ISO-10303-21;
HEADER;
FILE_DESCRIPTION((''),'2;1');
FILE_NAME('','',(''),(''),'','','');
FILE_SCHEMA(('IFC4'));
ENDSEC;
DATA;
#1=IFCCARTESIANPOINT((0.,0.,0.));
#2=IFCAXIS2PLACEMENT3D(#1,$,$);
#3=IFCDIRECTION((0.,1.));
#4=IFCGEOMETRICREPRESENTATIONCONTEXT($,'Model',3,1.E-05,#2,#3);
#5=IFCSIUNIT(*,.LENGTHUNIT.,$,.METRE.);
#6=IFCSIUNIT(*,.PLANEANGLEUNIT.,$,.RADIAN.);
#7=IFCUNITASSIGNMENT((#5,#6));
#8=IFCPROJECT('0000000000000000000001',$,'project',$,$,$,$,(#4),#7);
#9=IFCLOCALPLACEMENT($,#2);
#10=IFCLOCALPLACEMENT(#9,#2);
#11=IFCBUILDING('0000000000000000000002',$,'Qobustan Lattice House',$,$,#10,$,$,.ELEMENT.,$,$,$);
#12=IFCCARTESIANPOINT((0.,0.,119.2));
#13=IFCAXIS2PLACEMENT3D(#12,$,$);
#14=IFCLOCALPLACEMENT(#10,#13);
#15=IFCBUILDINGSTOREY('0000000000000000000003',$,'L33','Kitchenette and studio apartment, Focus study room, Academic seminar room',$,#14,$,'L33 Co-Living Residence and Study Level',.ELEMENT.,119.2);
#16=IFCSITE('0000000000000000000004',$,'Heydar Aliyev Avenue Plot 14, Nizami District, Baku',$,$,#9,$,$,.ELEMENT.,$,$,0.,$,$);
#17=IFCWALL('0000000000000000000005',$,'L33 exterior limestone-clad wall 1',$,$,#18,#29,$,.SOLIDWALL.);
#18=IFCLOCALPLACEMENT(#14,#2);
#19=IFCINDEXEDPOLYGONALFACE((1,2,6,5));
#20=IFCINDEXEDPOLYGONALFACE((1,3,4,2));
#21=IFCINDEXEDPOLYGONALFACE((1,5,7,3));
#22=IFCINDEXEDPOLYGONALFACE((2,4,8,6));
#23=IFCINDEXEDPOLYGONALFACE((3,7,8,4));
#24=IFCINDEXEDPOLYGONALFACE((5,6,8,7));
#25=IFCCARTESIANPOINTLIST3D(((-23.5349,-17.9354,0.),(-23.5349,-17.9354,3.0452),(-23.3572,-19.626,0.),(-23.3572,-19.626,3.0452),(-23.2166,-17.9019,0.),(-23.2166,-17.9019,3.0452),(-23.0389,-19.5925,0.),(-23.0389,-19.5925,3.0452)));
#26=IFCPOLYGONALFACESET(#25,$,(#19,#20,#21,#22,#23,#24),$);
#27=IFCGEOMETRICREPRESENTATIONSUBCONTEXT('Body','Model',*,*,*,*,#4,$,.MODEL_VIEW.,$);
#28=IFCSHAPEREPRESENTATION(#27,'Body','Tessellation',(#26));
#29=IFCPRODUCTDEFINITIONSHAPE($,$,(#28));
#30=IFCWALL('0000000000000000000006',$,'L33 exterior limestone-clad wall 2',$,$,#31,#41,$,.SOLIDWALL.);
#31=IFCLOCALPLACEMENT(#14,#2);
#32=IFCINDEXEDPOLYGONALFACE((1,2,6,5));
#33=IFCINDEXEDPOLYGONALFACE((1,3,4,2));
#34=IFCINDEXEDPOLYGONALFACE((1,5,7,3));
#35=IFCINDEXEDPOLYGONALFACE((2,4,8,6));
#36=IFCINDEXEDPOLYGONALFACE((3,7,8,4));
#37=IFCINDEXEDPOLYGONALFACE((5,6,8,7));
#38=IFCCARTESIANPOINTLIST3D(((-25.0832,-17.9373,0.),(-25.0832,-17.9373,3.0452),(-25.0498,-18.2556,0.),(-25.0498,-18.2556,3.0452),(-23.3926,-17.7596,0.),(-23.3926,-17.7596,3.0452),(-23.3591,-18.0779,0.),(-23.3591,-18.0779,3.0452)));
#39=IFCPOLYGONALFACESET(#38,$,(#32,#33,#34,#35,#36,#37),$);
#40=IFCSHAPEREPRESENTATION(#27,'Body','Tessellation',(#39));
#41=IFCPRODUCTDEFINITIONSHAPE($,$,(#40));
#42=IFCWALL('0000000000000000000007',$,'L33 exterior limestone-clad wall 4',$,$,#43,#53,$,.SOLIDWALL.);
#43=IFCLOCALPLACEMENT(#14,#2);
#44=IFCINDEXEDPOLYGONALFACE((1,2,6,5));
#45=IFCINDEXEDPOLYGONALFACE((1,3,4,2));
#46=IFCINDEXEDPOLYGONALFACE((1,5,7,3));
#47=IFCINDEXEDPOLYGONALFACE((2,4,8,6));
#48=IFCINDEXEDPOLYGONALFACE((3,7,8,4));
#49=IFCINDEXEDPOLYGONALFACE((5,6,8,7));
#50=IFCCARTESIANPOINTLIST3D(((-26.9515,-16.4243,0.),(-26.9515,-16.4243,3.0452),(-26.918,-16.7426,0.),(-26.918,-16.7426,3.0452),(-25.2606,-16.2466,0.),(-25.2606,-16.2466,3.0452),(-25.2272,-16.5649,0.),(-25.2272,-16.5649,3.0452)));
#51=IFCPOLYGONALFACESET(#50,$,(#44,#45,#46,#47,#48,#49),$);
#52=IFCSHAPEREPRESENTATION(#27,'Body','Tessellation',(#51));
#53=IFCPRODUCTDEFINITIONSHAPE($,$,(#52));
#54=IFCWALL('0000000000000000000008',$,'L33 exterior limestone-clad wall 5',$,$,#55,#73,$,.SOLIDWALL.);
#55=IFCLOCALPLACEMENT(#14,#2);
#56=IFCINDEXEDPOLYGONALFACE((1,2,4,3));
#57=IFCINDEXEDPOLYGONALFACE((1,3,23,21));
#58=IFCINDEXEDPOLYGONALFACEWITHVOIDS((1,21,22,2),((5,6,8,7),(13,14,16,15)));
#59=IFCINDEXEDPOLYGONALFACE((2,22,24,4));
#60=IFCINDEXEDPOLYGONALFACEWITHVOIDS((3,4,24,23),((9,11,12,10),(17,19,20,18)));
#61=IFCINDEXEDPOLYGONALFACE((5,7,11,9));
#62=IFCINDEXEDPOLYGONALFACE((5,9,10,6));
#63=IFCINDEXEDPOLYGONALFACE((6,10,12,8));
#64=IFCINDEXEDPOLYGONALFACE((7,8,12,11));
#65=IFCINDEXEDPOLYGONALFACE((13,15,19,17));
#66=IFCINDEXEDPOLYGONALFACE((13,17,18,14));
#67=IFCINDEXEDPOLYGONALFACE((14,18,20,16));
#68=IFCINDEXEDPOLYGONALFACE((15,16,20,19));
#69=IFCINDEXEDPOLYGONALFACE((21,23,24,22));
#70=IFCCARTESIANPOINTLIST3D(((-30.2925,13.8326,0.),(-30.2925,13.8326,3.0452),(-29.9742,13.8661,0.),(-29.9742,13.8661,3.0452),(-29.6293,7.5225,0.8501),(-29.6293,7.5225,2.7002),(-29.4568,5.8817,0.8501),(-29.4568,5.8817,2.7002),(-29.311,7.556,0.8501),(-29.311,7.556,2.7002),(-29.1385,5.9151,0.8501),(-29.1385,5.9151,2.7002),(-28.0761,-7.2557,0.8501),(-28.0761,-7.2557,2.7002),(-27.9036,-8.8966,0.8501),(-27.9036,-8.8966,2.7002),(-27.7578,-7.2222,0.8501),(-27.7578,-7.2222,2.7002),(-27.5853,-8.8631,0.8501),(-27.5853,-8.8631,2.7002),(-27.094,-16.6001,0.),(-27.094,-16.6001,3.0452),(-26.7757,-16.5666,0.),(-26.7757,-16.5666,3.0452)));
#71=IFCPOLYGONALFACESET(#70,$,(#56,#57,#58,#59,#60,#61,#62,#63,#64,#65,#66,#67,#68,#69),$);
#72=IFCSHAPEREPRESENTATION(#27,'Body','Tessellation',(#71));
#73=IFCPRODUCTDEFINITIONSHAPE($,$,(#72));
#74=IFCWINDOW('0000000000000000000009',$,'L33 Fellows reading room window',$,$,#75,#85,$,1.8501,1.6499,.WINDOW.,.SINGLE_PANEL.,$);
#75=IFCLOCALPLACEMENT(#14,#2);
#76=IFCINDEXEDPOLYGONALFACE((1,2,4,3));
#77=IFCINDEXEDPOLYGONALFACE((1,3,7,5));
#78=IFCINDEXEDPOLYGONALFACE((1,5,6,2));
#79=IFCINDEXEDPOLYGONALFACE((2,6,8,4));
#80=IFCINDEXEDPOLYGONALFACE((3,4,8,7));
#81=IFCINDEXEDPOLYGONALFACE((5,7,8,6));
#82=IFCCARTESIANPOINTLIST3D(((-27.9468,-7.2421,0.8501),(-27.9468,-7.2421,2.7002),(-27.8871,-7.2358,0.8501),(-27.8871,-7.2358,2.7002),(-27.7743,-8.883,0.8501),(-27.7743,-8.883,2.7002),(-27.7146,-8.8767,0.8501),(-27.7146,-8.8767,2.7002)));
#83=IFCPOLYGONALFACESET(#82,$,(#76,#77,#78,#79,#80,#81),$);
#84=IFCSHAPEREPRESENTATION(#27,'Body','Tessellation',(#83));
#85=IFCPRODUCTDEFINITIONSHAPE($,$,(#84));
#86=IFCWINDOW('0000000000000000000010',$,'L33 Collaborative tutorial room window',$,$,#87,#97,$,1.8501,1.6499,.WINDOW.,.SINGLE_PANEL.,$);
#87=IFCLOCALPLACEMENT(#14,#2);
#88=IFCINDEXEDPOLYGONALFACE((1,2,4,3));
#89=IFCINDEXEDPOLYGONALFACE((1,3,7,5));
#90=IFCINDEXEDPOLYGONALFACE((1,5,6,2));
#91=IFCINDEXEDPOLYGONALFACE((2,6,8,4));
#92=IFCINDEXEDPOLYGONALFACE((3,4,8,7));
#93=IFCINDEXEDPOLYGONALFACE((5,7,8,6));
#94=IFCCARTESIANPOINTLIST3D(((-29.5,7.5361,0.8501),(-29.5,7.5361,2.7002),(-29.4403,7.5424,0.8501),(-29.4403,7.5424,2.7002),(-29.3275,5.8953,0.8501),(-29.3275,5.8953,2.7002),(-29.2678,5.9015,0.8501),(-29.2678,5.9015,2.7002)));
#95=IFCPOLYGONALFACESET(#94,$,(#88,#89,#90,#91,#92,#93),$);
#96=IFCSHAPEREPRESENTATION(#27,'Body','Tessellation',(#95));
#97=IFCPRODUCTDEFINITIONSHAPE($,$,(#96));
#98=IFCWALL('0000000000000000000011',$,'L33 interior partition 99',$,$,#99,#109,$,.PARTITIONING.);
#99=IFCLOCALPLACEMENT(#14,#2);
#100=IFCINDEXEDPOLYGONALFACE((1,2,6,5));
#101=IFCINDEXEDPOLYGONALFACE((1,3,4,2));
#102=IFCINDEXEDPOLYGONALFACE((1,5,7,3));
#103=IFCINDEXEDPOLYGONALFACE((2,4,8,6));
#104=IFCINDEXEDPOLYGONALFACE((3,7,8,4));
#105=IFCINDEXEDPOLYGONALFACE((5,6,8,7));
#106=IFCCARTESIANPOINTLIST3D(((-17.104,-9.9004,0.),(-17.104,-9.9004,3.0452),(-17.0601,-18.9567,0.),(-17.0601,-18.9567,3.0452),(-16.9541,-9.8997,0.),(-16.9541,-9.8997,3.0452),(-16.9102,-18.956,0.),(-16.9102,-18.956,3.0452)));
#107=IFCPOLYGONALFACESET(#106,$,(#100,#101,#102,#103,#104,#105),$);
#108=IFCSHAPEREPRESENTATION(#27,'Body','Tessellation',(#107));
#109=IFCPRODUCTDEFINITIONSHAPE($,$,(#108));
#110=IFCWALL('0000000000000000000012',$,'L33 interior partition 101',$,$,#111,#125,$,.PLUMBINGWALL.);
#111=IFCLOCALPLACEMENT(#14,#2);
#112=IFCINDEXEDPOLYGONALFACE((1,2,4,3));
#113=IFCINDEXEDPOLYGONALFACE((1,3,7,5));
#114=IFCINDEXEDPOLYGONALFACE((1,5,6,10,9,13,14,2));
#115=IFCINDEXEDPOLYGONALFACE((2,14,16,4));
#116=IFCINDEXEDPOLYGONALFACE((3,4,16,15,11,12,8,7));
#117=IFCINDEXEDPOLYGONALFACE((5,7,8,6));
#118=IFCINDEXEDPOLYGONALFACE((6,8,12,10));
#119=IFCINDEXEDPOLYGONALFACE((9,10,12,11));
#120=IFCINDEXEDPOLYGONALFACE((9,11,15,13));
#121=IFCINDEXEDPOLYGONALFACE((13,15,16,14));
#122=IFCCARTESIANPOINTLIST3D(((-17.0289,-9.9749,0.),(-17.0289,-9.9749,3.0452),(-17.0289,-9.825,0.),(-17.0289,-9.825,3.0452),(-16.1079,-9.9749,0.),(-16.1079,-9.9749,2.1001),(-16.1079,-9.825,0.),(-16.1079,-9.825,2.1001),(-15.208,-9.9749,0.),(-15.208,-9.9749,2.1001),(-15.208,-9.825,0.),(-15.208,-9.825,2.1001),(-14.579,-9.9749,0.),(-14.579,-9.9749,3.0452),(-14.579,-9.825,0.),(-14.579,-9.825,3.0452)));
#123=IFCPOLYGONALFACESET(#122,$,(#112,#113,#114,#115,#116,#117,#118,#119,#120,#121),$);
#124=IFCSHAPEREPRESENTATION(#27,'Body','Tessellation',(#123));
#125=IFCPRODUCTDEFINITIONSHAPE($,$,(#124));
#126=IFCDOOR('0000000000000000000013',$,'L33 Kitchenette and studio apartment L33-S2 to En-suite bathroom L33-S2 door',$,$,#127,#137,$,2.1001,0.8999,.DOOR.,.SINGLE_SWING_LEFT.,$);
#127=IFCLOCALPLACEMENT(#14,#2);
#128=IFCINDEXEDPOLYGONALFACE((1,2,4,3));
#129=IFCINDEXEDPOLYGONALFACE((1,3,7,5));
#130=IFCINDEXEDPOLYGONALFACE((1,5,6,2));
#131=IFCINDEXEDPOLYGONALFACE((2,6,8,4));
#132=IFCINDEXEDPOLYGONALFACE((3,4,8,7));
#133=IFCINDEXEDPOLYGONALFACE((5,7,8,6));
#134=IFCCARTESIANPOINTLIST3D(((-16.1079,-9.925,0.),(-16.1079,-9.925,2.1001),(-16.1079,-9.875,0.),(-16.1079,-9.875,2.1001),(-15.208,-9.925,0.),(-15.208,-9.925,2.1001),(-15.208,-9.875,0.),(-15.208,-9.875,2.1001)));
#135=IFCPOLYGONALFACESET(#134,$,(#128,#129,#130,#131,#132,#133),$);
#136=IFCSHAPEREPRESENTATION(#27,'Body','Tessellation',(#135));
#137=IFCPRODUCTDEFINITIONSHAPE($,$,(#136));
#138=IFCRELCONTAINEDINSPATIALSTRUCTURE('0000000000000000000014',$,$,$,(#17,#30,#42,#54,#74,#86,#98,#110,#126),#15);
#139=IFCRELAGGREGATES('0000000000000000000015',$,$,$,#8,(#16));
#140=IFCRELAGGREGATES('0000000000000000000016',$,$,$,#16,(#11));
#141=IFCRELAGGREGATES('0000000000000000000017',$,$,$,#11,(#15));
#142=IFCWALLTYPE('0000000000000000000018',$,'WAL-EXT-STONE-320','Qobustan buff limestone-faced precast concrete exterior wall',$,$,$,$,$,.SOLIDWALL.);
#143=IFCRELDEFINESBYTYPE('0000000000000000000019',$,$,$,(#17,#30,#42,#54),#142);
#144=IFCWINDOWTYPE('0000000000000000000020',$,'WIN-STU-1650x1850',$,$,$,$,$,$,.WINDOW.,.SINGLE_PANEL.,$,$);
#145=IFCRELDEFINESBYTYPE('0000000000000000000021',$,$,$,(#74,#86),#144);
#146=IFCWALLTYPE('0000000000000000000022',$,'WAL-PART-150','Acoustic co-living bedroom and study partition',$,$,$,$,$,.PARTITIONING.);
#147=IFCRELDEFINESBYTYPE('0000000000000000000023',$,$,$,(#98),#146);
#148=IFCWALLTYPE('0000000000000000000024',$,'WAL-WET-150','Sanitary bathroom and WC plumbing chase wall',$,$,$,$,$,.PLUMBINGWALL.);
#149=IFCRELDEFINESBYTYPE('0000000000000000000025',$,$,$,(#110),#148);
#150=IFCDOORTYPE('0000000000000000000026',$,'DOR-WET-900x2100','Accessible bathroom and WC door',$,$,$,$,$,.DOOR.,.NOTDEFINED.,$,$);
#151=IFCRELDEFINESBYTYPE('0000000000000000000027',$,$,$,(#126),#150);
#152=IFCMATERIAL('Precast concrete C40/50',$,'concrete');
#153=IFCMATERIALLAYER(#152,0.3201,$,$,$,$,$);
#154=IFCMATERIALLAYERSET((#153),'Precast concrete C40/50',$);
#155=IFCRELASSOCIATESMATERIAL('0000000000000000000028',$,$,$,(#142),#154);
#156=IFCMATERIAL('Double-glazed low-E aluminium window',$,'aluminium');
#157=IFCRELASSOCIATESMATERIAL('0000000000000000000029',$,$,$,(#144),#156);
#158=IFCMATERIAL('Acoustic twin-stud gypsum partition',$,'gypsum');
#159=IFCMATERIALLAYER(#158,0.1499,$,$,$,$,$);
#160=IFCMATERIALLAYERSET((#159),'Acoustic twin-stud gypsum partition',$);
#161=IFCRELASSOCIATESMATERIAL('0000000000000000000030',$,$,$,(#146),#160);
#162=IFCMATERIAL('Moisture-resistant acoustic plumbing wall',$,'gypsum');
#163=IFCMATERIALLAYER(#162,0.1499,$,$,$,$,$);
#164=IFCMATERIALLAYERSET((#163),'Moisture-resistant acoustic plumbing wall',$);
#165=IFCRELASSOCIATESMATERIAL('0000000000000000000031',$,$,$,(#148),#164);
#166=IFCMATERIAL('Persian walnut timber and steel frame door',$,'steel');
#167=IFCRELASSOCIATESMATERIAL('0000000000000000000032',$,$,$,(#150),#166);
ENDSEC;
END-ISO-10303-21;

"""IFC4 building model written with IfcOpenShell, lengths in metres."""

from ifc_helpers import new_model, si_unit, direction, frame, frame_2d, origin, place, context, subcontext, project, spatial, rectangle, extrude, material, layer, layer_set, type_object, element, fill, save


model = new_model("IFC4")

# Units and contexts
model_context = context("Model", 3, precision=1e-05, world=origin(), true_north=direction((0.0, 1.0)))
body_context = subcontext(model_context, "Body", "Model", "MODEL_VIEW")
ifc_project = project(units=[si_unit("LENGTHUNIT", "METRE"), si_unit("PLANEANGLEUNIT", "RADIAN")], contexts=[model_context])

# Site, building, storey
site_placement = place(None, origin())
site = spatial("IfcSite", under=ifc_project, at=site_placement, Name="Heydar Aliyev Avenue Plot 14, Nizami District, Baku", CompositionType="ELEMENT", RefElevation=0.0)
building_placement = place(site_placement, origin())
building = spatial("IfcBuilding", under=site, at=building_placement, Name="Qobustan Lattice House", CompositionType="ELEMENT")
storey_placement = place(building_placement, frame((0.0, 0.0, 119.2)))
storey = spatial("IfcBuildingStorey", under=building, at=storey_placement, Name="L33", Description="Kitchenette and studio apartment, Focus study room, Academic seminar room", LongName="L33 Co-Living Residence and Study Level", CompositionType="ELEMENT", Elevation=119.2)

# Walls
ifc_material_1 = material(Name="Precast concrete C40/50", Category="concrete")
ifc_layer_1 = layer(ifc_material_1, 0.3201)
ifc_layer_set_1 = layer_set([ifc_layer_1], Name="Precast concrete C40/50")
wall_type_1 = type_object("IfcWallType", Name="WAL-EXT-STONE-320", Description="Qobustan buff limestone-faced precast concrete exterior wall", PredefinedType="SOLIDWALL", material=ifc_layer_set_1)
for number, where, z_axis, x_axis, name in (
    (1, (-23.198, -19.6094, 0.0), (0.0, 0.0, 1.0), (-0.10455, 0.99452, 0.0), "L33 exterior limestone-clad wall 1"),
    (2, (-23.3757, -17.9187, 0.0), (0.0, 0.0, 1.0), (-0.99452, -0.10455, 0.0), "L33 exterior limestone-clad wall 2"),
):
    element("IfcWall", number, at=place(storey_placement, frame(where, z_axis=z_axis, x_axis=x_axis)), inside=storey, type_object=wall_type_1, Name=name, PredefinedType="SOLIDWALL", context=body_context, shape_type="SweptSolid", body=[
        extrude(rectangle(XDim=1.7, YDim=0.3201, at=frame_2d((0.8501, 0.0))), origin(), (0.0, 0.0, 1.0), 3.0452),
    ])
wall_1_placement = place(storey_placement, frame((-25.2439, -16.4058, 0.0), z_axis=(0.0, 0.0, 1.0), x_axis=(-0.994521, -0.104535, 0.0)))
element("IfcWall", 3, at=wall_1_placement, inside=storey, type_object=wall_type_1, Name="L33 exterior limestone-clad wall 4", PredefinedType="SOLIDWALL", context=body_context, shape_type="SweptSolid", body=[
    extrude(rectangle(XDim=1.7002, YDim=0.3201, at=frame_2d((0.8501, 0.0))), origin(), (0.0, 0.0, 1.0), 3.0452),
])

# Wall, openings, windows
wall_2_placement = place(storey_placement, frame((-26.9348, -16.5835, 0.0), z_axis=(0.0, 0.0, 1.0), x_axis=(-0.104525, 0.994522, 0.0)))
wall_2 = element("IfcWall", 4, at=wall_2_placement, inside=storey, type_object=wall_type_1, Name="L33 exterior limestone-clad wall 5", PredefinedType="SOLIDWALL", context=body_context, shape_type="SweptSolid", body=[
    extrude(rectangle(XDim=30.6003, YDim=0.3201, at=frame_2d((15.3003, 0.0))), origin(), (0.0, 0.0, 1.0), 3.0452),
])
opening_1_placement = place(wall_2_placement, frame((7.7461, 0.0, 0.8501)))
opening_1 = element("IfcOpeningElement", 5, at=opening_1_placement, cuts=wall_2, PredefinedType="OPENING", context=body_context, shape_type="SweptSolid", body=[
    extrude(rectangle(XDim=1.6499, YDim=1.8501, at=frame_2d((0.825, 0.925))), frame((0.0, 0.1699, 0.0), z_axis=(0.0, -1.0, 0.0), x_axis=(1.0, 0.0, 0.0)), (0.0, 0.0, 1.0), 0.3401),
])
opening_2_placement = place(wall_2_placement, frame((22.6057, 0.0, 0.8501)))
opening_2 = element("IfcOpeningElement", 6, at=opening_2_placement, cuts=wall_2, PredefinedType="OPENING", context=body_context, shape_type="SweptSolid", body=[
    extrude(rectangle(XDim=1.6499, YDim=1.8501, at=frame_2d((0.825, 0.925))), frame((0.0, 0.1699, 0.0), z_axis=(0.0, -1.0, 0.0), x_axis=(1.0, 0.0, 0.0)), (0.0, 0.0, 1.0), 0.3401),
])
ifc_material_2 = material(Name="Double-glazed low-E aluminium window", Category="aluminium")
window_type = type_object("IfcWindowType", Name="WIN-STU-1650x1850", PartitioningType="SINGLE_PANEL", PredefinedType="WINDOW", material=ifc_material_2)
window_1_placement = place(opening_1_placement, origin())
window_1 = element("IfcWindow", 7, at=window_1_placement, inside=storey, type_object=window_type, Name="L33 Fellows reading room window", OverallHeight=1.8501, OverallWidth=1.6499, PartitioningType="SINGLE_PANEL", PredefinedType="WINDOW", context=body_context, shape_type="SweptSolid", body=[
    extrude(rectangle(XDim=1.6499, YDim=1.8501, at=frame_2d((0.825, 0.925))), frame((0.0, 0.03, 0.0), z_axis=(0.0, -1.0, 0.0), x_axis=(1.0, 0.0, 0.0)), (0.0, 0.0, 1.0), 0.0601),
])
fill(opening_1, window_1)
window_2_placement = place(opening_2_placement, origin())
window_2 = element("IfcWindow", 8, at=window_2_placement, inside=storey, type_object=window_type, Name="L33 Collaborative tutorial room window", OverallHeight=1.8501, OverallWidth=1.6499, PartitioningType="SINGLE_PANEL", PredefinedType="WINDOW", context=body_context, shape_type="SweptSolid", body=[
    extrude(rectangle(XDim=1.6499, YDim=1.8501, at=frame_2d((0.825, 0.925))), frame((0.0, 0.03, 0.0), z_axis=(0.0, -1.0, 0.0), x_axis=(1.0, 0.0, 0.0)), (0.0, 0.0, 1.0), 0.0601),
])
fill(opening_2, window_2)

# Wall
ifc_material_3 = material(Name="Acoustic twin-stud gypsum partition", Category="gypsum")
ifc_layer_2 = layer(ifc_material_3, 0.1499)
ifc_layer_set_2 = layer_set([ifc_layer_2], Name="Acoustic twin-stud gypsum partition")
wall_type_2 = type_object("IfcWallType", Name="WAL-PART-150", Description="Acoustic co-living bedroom and study partition", PredefinedType="PARTITIONING", material=ifc_layer_set_2)
wall_3_placement = place(storey_placement, frame((-17.0291, -9.8999, 0.0), z_axis=(0.0, 0.0, 1.0), x_axis=(0.004852, -0.999988, 0.0)))
element("IfcWall", 9, at=wall_3_placement, inside=storey, type_object=wall_type_2, Name="L33 interior partition 99", PredefinedType="PARTITIONING", context=body_context, shape_type="SweptSolid", body=[
    extrude(rectangle(XDim=9.0564, YDim=0.1499, at=frame_2d((4.5283, 0.0))), origin(), (0.0, 0.0, 1.0), 3.0452),
])

# Wall, opening, door
ifc_material_4 = material(Name="Moisture-resistant acoustic plumbing wall", Category="gypsum")
ifc_layer_3 = layer(ifc_material_4, 0.1499)
ifc_layer_set_3 = layer_set([ifc_layer_3], Name="Moisture-resistant acoustic plumbing wall")
wall_type_3 = type_object("IfcWallType", Name="WAL-WET-150", Description="Sanitary bathroom and WC plumbing chase wall", PredefinedType="PLUMBINGWALL", material=ifc_layer_set_3)
wall_4_placement = place(storey_placement, frame((-17.0291, -9.8999, 0.0), z_axis=(0.0, 0.0, 1.0), x_axis=(1.0, 0.0, 0.0)))
wall_4 = element("IfcWall", 10, at=wall_4_placement, inside=storey, type_object=wall_type_3, Name="L33 interior partition 101", PredefinedType="PLUMBINGWALL", context=body_context, shape_type="SweptSolid", body=[
    extrude(rectangle(XDim=2.45, YDim=0.1499, at=frame_2d((1.2251, 0.0))), origin(), (0.0, 0.0, 1.0), 3.0452),
])
opening_3_placement = place(wall_4_placement, frame((0.9211, 0.0, 0.0)))
opening_3 = element("IfcOpeningElement", 11, at=opening_3_placement, cuts=wall_4, PredefinedType="OPENING", context=body_context, shape_type="SweptSolid", body=[
    extrude(rectangle(XDim=0.8999, YDim=2.1001, at=frame_2d((0.45, 1.05))), frame((0.0, 0.085, 0.0), z_axis=(0.0, -1.0, 0.0), x_axis=(1.0, 0.0, 0.0)), (0.0, 0.0, 1.0), 0.1699),
])
ifc_material_5 = material(Name="Persian walnut timber and steel frame door", Category="steel")
door_type = type_object("IfcDoorType", Name="DOR-WET-900x2100", Description="Accessible bathroom and WC door", OperationType="NOTDEFINED", PredefinedType="DOOR", material=ifc_material_5)
door_placement = place(opening_3_placement, origin())
door = element("IfcDoor", 12, at=door_placement, inside=storey, type_object=door_type, Name="L33 Kitchenette and studio apartment L33-S2 to En-suite bathroom L33-S2 door", OperationType="SINGLE_SWING_LEFT", OverallHeight=2.1001, OverallWidth=0.8999, PredefinedType="DOOR", context=body_context, shape_type="SweptSolid", body=[
    extrude(rectangle(XDim=0.8999, YDim=2.1001, at=frame_2d((0.45, 1.05))), frame((0.0, 0.0249, 0.0), z_axis=(0.0, -1.0, 0.0), x_axis=(1.0, 0.0, 0.0)), (0.0, 0.0, 1.0), 0.05),
])
fill(opening_3, door)

save(model, "model.ifc")
